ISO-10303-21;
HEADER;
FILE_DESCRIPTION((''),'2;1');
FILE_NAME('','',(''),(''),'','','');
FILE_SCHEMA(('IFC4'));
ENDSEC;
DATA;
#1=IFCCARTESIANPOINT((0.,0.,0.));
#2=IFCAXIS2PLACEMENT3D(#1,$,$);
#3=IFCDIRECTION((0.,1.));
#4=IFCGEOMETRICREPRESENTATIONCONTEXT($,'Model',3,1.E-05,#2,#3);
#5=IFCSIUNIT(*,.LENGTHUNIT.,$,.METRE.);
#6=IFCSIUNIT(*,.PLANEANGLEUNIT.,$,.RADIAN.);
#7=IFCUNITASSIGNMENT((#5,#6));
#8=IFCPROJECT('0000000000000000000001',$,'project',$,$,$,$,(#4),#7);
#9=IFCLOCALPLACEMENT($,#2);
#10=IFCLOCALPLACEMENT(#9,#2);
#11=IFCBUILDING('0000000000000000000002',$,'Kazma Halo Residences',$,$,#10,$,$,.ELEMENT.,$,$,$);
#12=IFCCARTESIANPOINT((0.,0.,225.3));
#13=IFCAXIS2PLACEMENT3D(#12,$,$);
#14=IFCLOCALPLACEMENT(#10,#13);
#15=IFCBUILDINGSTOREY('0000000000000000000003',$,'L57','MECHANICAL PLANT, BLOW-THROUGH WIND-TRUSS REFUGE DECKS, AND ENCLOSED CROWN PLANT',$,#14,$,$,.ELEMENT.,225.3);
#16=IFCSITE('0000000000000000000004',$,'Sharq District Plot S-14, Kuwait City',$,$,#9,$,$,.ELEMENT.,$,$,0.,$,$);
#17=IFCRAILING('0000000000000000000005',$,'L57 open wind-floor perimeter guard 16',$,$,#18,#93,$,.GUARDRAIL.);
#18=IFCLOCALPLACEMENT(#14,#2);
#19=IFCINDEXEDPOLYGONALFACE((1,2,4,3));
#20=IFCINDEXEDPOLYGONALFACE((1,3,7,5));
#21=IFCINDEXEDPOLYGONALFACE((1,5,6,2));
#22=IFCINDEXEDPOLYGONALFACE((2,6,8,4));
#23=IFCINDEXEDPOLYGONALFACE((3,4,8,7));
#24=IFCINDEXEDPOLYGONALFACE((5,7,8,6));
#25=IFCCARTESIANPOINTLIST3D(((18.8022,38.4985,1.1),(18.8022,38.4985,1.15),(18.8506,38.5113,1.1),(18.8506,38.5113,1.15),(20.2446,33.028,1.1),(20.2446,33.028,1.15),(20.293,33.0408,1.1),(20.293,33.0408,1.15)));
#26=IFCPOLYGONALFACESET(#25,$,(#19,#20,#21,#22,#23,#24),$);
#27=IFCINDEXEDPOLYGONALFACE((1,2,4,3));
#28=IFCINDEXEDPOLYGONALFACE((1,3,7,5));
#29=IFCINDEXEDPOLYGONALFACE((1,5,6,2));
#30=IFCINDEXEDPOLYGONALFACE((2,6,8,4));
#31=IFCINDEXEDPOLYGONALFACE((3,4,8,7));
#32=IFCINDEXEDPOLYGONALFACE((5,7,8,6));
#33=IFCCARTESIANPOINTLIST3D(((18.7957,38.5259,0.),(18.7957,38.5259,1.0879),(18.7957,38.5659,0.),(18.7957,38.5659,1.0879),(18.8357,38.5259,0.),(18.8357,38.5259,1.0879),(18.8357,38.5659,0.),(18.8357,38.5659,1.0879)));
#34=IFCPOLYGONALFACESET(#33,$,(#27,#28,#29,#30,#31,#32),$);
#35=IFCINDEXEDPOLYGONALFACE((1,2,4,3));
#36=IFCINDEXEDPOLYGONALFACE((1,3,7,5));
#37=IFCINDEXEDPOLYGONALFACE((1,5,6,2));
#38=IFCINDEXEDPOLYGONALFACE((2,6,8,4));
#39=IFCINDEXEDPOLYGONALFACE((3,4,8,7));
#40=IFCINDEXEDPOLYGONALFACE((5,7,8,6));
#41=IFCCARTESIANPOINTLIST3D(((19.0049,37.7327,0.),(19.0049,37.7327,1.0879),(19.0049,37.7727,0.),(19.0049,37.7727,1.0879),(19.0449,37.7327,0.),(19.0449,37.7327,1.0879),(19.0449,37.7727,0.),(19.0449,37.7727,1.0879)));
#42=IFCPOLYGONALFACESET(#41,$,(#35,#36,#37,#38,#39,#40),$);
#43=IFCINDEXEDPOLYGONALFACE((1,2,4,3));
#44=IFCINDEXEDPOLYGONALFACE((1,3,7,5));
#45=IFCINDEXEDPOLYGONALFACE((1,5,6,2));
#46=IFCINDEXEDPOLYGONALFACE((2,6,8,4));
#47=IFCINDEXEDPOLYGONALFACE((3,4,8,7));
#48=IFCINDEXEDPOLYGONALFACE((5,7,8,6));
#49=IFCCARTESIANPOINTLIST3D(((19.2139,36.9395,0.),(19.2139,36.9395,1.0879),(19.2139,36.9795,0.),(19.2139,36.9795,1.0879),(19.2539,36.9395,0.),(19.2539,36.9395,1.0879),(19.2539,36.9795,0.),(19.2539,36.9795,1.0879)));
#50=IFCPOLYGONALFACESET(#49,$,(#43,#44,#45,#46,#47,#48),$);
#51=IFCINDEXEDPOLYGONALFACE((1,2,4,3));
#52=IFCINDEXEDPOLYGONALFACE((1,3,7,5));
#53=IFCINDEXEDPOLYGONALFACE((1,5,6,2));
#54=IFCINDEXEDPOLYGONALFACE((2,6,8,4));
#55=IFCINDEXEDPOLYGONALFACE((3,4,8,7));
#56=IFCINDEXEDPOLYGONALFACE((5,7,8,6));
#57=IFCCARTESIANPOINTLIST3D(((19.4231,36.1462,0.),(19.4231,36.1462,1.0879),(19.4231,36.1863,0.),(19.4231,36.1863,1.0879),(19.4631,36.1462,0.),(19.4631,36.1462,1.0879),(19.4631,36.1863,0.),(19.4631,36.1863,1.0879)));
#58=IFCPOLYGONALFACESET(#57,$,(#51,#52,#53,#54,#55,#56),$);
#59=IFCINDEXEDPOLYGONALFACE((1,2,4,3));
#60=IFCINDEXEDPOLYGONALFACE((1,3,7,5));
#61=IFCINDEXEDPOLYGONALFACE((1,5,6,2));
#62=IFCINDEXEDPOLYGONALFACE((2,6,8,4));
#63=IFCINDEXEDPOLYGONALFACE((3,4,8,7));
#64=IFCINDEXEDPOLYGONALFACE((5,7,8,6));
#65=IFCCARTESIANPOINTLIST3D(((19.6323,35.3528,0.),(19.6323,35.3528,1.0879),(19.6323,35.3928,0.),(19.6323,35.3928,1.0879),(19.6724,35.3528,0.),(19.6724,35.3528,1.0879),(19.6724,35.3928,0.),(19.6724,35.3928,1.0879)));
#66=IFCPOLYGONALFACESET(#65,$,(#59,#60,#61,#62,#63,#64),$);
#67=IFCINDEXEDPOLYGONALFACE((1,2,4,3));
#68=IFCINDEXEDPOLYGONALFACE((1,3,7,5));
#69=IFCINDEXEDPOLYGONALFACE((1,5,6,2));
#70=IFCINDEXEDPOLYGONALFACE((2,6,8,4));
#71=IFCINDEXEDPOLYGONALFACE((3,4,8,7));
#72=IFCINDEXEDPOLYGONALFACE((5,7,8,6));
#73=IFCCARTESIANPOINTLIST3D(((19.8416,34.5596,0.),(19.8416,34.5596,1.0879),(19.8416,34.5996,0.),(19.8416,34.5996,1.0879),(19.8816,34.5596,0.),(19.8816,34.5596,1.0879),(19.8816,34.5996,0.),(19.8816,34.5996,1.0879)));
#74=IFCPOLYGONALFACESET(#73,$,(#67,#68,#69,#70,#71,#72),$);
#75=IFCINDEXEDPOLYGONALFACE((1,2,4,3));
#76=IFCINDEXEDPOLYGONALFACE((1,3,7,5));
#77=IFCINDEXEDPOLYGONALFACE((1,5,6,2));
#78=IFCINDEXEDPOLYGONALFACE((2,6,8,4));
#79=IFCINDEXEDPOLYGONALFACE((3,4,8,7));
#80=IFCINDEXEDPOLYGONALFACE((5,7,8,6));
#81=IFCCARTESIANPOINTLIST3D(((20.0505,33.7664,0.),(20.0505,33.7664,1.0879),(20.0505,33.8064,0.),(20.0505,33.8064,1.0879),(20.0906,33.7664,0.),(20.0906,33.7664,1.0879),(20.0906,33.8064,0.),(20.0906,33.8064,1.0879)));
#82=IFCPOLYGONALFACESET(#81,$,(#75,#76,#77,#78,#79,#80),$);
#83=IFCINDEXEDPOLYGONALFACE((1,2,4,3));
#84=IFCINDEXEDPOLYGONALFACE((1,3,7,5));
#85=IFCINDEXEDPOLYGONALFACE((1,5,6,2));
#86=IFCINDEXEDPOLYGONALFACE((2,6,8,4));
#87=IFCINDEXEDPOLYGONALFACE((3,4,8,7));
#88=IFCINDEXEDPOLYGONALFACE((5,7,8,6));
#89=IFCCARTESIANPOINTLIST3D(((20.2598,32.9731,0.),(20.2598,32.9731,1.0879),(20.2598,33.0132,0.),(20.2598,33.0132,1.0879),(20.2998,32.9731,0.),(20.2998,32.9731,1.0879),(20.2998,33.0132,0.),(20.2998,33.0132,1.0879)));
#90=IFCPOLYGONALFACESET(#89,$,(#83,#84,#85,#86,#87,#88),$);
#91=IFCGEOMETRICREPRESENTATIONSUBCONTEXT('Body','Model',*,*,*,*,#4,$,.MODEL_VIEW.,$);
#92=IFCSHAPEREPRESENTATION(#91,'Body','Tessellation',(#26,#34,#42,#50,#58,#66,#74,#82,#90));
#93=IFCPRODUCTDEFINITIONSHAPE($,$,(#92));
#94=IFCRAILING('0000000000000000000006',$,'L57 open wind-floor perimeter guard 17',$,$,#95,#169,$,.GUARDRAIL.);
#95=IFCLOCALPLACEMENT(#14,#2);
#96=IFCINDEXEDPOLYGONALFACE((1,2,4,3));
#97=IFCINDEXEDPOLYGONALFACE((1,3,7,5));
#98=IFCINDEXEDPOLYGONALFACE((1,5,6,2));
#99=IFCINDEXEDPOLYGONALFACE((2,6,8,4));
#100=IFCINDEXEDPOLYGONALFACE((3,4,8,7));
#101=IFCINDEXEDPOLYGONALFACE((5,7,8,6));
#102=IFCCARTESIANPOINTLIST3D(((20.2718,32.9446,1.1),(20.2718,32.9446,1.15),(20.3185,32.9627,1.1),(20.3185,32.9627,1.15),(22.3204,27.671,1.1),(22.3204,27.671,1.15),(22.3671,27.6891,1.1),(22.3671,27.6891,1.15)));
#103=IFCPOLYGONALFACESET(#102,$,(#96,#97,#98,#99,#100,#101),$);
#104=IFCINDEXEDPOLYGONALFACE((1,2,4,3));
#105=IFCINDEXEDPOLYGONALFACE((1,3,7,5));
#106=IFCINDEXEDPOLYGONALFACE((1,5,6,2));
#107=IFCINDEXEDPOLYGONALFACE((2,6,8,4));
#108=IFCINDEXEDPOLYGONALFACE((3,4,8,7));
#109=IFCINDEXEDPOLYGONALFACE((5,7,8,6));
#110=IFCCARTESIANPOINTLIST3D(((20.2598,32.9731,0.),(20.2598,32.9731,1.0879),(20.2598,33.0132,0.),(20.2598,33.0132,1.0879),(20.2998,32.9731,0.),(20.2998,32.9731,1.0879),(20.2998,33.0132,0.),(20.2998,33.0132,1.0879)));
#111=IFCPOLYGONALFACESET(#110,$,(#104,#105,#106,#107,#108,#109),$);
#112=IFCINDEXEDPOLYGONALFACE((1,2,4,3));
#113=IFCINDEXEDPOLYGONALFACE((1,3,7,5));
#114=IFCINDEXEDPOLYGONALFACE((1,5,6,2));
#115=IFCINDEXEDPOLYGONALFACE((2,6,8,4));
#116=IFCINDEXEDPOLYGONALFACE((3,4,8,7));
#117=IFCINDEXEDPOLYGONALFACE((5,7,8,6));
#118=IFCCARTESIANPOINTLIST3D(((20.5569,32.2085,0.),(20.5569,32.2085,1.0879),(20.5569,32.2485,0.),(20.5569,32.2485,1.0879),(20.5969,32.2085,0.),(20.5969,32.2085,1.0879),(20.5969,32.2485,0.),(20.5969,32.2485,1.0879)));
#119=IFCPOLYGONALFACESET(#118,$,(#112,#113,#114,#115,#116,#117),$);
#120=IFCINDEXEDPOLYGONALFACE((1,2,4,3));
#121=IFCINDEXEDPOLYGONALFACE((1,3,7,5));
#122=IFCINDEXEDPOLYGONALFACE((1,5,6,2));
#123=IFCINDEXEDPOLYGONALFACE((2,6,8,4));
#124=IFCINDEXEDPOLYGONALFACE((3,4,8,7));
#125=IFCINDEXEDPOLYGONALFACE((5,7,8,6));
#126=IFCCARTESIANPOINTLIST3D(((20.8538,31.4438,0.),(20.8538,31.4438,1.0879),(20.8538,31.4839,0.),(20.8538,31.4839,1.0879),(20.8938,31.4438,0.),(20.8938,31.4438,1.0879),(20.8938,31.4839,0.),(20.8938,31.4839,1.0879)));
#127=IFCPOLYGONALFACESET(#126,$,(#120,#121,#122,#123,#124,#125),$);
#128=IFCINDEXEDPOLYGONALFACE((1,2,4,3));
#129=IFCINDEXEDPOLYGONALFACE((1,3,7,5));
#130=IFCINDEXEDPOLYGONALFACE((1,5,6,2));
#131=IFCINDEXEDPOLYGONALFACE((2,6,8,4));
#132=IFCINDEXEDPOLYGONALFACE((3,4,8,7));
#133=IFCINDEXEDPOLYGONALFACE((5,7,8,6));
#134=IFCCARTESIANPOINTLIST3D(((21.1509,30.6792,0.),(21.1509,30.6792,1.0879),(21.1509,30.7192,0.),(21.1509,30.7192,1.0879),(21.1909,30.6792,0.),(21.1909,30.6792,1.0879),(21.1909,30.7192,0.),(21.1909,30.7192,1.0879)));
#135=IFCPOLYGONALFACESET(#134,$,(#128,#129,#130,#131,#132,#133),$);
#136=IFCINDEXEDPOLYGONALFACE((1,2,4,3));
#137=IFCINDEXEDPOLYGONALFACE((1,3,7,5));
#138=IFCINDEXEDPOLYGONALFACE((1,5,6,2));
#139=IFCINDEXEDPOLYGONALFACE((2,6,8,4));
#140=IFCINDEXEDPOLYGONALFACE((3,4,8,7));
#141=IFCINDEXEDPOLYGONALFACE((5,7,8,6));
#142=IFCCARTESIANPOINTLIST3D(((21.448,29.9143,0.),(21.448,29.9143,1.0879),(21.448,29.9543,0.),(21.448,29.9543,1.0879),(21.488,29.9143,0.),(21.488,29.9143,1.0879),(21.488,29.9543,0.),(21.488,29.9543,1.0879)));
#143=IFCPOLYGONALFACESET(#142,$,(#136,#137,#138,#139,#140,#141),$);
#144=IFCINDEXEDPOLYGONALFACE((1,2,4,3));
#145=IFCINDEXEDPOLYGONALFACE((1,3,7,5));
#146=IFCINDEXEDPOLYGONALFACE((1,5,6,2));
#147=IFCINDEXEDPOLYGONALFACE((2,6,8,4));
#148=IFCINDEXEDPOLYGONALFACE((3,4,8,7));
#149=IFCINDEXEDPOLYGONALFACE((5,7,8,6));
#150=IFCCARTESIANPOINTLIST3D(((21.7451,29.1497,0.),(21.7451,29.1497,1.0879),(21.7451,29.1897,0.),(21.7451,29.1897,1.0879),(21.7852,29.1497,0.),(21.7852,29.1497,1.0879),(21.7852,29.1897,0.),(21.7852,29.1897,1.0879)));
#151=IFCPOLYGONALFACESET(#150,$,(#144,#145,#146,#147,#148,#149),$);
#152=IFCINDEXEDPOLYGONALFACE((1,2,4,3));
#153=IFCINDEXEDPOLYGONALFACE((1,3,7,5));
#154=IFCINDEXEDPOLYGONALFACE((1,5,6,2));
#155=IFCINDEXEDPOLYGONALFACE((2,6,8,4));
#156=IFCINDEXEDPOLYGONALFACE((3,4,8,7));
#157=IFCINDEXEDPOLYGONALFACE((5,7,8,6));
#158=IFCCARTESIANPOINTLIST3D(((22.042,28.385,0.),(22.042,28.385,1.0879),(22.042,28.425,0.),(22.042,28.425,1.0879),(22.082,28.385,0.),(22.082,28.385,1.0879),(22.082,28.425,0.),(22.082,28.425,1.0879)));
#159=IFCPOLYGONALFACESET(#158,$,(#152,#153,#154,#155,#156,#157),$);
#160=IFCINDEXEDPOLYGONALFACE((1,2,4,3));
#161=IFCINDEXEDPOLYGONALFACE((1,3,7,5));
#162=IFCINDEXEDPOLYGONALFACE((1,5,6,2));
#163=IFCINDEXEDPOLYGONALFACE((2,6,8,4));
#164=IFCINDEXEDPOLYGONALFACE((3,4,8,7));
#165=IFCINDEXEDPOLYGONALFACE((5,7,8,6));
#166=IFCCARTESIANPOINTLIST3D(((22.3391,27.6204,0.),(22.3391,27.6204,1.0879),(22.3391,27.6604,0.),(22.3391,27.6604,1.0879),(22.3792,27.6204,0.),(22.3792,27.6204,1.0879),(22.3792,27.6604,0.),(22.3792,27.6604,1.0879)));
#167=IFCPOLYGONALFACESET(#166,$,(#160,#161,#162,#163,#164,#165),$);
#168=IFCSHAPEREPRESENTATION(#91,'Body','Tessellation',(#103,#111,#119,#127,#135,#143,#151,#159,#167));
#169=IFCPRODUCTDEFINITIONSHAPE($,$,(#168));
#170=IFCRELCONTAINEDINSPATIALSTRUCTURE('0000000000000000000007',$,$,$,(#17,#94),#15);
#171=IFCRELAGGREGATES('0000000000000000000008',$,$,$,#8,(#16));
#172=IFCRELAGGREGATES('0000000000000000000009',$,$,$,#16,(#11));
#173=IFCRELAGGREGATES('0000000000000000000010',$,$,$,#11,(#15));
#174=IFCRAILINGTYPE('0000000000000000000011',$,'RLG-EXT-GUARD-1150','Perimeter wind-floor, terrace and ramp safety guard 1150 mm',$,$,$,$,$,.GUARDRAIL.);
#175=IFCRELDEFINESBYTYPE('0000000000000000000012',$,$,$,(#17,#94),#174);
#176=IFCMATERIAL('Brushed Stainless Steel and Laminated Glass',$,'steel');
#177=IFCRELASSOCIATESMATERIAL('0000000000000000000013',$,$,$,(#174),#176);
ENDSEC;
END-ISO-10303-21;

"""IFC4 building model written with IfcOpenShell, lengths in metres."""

from ifc_helpers import new_model, si_unit, direction, frame, origin, origin_2d, place, context, subcontext, project, spatial, rectangle, extrude, material, type_object, element, save


model = new_model("IFC4")

# Units and contexts
model_context = context("Model", 3, precision=1e-05, world=origin(), true_north=direction((0.0, 1.0)))
body_context = subcontext(model_context, "Body", "Model", "MODEL_VIEW")
ifc_project = project(units=[si_unit("LENGTHUNIT", "METRE"), si_unit("PLANEANGLEUNIT", "RADIAN")], contexts=[model_context])

# Site, building, storey
site_placement = place(None, origin())
site = spatial("IfcSite", under=ifc_project, at=site_placement, Name="Sharq District Plot S-14, Kuwait City", CompositionType="ELEMENT", RefElevation=0.0)
building_placement = place(site_placement, origin())
building = spatial("IfcBuilding", under=site, at=building_placement, Name="Kazma Halo Residences", CompositionType="ELEMENT")
storey_placement = place(building_placement, frame((0.0, 0.0, 225.3)))
storey = spatial("IfcBuildingStorey", under=building, at=storey_placement, Name="L57", Description="MECHANICAL PLANT, BLOW-THROUGH WIND-TRUSS REFUGE DECKS, AND ENCLOSED CROWN PLANT", CompositionType="ELEMENT", Elevation=225.3)

# Railings
ifc_material_1 = material(Name="Brushed Stainless Steel and Laminated Glass", Category="steel")
railing_type = type_object("IfcRailingType", Name="RLG-EXT-GUARD-1150", Description="Perimeter wind-floor, terrace and ramp safety guard 1150 mm", PredefinedType="GUARDRAIL", material=ifc_material_1)
railing_1_placement = place(storey_placement, frame((18.8157, 38.5459, 0.0)))
element("IfcRailing", 1, at=railing_1_placement, inside=storey, type_object=railing_type, Name="L57 open wind-floor perimeter guard 16", PredefinedType="GUARDRAIL", context=body_context, shape_type="SweptSolid", body=[
    extrude(rectangle(XDim=0.05, YDim=0.05, at=origin_2d()), frame((0.0107, -0.041, 1.125), z_axis=(0.25496, -0.966952, 0.0), x_axis=(0.966952, 0.25496, 0.0)), (0.0, 0.0, 1.0), 5.6575),
    extrude(rectangle(XDim=0.04, YDim=0.04, at=origin_2d()), origin(), (0.0, 0.0, 1.0), 1.0879),
    extrude(rectangle(XDim=0.04, YDim=0.04, at=origin_2d()), frame((0.2092, -0.7932, 0.0)), (0.0, 0.0, 1.0), 1.0879),
    extrude(rectangle(XDim=0.04, YDim=0.04, at=origin_2d()), frame((0.4182, -1.5864, 0.0)), (0.0, 0.0, 1.0), 1.0879),
    extrude(rectangle(XDim=0.04, YDim=0.04, at=origin_2d()), frame((0.6274, -2.3796, 0.0)), (0.0, 0.0, 1.0), 1.0879),
    extrude(rectangle(XDim=0.04, YDim=0.04, at=origin_2d()), frame((0.8367, -3.1731, 0.0)), (0.0, 0.0, 1.0), 1.0879),
    extrude(rectangle(XDim=0.04, YDim=0.04, at=origin_2d()), frame((1.0459, -3.9663, 0.0)), (0.0, 0.0, 1.0), 1.0879),
    extrude(rectangle(XDim=0.04, YDim=0.04, at=origin_2d()), frame((1.2549, -4.7595, 0.0)), (0.0, 0.0, 1.0), 1.0879),
    extrude(rectangle(XDim=0.04, YDim=0.04, at=origin_2d()), frame((1.4641, -5.5527, 0.0)), (0.0, 0.0, 1.0), 1.0879),
])
railing_2_placement = place(storey_placement, frame((20.2798, 32.9932, 0.0)))
element("IfcRailing", 2, at=railing_2_placement, inside=storey, type_object=railing_type, Name="L57 open wind-floor perimeter guard 17", PredefinedType="GUARDRAIL", context=body_context, shape_type="SweptSolid", body=[
    extrude(rectangle(XDim=0.05, YDim=0.05, at=origin_2d()), frame((0.0154, -0.0396, 1.125), z_axis=(0.3621, -0.932139, 0.0), x_axis=(0.932139, 0.3621, 0.0)), (0.0, 0.0, 1.0), 5.6575),
    extrude(rectangle(XDim=0.04, YDim=0.04, at=origin_2d()), origin(), (0.0, 0.0, 1.0), 1.0879),
    extrude(rectangle(XDim=0.04, YDim=0.04, at=origin_2d()), frame((0.2971, -0.7646, 0.0)), (0.0, 0.0, 1.0), 1.0879),
    extrude(rectangle(XDim=0.04, YDim=0.04, at=origin_2d()), frame((0.594, -1.5293, 0.0)), (0.0, 0.0, 1.0), 1.0879),
    extrude(rectangle(XDim=0.04, YDim=0.04, at=origin_2d()), frame((0.8911, -2.2939, 0.0)), (0.0, 0.0, 1.0), 1.0879),
    extrude(rectangle(XDim=0.04, YDim=0.04, at=origin_2d()), frame((1.1882, -3.0588, 0.0)), (0.0, 0.0, 1.0), 1.0879),
    extrude(rectangle(XDim=0.04, YDim=0.04, at=origin_2d()), frame((1.4854, -3.8235, 0.0)), (0.0, 0.0, 1.0), 1.0879),
    extrude(rectangle(XDim=0.04, YDim=0.04, at=origin_2d()), frame((1.7822, -4.5881, 0.0)), (0.0, 0.0, 1.0), 1.0879),
    extrude(rectangle(XDim=0.04, YDim=0.04, at=origin_2d()), frame((2.0793, -5.3528, 0.0)), (0.0, 0.0, 1.0), 1.0879),
])

save(model, "model.ifc")
